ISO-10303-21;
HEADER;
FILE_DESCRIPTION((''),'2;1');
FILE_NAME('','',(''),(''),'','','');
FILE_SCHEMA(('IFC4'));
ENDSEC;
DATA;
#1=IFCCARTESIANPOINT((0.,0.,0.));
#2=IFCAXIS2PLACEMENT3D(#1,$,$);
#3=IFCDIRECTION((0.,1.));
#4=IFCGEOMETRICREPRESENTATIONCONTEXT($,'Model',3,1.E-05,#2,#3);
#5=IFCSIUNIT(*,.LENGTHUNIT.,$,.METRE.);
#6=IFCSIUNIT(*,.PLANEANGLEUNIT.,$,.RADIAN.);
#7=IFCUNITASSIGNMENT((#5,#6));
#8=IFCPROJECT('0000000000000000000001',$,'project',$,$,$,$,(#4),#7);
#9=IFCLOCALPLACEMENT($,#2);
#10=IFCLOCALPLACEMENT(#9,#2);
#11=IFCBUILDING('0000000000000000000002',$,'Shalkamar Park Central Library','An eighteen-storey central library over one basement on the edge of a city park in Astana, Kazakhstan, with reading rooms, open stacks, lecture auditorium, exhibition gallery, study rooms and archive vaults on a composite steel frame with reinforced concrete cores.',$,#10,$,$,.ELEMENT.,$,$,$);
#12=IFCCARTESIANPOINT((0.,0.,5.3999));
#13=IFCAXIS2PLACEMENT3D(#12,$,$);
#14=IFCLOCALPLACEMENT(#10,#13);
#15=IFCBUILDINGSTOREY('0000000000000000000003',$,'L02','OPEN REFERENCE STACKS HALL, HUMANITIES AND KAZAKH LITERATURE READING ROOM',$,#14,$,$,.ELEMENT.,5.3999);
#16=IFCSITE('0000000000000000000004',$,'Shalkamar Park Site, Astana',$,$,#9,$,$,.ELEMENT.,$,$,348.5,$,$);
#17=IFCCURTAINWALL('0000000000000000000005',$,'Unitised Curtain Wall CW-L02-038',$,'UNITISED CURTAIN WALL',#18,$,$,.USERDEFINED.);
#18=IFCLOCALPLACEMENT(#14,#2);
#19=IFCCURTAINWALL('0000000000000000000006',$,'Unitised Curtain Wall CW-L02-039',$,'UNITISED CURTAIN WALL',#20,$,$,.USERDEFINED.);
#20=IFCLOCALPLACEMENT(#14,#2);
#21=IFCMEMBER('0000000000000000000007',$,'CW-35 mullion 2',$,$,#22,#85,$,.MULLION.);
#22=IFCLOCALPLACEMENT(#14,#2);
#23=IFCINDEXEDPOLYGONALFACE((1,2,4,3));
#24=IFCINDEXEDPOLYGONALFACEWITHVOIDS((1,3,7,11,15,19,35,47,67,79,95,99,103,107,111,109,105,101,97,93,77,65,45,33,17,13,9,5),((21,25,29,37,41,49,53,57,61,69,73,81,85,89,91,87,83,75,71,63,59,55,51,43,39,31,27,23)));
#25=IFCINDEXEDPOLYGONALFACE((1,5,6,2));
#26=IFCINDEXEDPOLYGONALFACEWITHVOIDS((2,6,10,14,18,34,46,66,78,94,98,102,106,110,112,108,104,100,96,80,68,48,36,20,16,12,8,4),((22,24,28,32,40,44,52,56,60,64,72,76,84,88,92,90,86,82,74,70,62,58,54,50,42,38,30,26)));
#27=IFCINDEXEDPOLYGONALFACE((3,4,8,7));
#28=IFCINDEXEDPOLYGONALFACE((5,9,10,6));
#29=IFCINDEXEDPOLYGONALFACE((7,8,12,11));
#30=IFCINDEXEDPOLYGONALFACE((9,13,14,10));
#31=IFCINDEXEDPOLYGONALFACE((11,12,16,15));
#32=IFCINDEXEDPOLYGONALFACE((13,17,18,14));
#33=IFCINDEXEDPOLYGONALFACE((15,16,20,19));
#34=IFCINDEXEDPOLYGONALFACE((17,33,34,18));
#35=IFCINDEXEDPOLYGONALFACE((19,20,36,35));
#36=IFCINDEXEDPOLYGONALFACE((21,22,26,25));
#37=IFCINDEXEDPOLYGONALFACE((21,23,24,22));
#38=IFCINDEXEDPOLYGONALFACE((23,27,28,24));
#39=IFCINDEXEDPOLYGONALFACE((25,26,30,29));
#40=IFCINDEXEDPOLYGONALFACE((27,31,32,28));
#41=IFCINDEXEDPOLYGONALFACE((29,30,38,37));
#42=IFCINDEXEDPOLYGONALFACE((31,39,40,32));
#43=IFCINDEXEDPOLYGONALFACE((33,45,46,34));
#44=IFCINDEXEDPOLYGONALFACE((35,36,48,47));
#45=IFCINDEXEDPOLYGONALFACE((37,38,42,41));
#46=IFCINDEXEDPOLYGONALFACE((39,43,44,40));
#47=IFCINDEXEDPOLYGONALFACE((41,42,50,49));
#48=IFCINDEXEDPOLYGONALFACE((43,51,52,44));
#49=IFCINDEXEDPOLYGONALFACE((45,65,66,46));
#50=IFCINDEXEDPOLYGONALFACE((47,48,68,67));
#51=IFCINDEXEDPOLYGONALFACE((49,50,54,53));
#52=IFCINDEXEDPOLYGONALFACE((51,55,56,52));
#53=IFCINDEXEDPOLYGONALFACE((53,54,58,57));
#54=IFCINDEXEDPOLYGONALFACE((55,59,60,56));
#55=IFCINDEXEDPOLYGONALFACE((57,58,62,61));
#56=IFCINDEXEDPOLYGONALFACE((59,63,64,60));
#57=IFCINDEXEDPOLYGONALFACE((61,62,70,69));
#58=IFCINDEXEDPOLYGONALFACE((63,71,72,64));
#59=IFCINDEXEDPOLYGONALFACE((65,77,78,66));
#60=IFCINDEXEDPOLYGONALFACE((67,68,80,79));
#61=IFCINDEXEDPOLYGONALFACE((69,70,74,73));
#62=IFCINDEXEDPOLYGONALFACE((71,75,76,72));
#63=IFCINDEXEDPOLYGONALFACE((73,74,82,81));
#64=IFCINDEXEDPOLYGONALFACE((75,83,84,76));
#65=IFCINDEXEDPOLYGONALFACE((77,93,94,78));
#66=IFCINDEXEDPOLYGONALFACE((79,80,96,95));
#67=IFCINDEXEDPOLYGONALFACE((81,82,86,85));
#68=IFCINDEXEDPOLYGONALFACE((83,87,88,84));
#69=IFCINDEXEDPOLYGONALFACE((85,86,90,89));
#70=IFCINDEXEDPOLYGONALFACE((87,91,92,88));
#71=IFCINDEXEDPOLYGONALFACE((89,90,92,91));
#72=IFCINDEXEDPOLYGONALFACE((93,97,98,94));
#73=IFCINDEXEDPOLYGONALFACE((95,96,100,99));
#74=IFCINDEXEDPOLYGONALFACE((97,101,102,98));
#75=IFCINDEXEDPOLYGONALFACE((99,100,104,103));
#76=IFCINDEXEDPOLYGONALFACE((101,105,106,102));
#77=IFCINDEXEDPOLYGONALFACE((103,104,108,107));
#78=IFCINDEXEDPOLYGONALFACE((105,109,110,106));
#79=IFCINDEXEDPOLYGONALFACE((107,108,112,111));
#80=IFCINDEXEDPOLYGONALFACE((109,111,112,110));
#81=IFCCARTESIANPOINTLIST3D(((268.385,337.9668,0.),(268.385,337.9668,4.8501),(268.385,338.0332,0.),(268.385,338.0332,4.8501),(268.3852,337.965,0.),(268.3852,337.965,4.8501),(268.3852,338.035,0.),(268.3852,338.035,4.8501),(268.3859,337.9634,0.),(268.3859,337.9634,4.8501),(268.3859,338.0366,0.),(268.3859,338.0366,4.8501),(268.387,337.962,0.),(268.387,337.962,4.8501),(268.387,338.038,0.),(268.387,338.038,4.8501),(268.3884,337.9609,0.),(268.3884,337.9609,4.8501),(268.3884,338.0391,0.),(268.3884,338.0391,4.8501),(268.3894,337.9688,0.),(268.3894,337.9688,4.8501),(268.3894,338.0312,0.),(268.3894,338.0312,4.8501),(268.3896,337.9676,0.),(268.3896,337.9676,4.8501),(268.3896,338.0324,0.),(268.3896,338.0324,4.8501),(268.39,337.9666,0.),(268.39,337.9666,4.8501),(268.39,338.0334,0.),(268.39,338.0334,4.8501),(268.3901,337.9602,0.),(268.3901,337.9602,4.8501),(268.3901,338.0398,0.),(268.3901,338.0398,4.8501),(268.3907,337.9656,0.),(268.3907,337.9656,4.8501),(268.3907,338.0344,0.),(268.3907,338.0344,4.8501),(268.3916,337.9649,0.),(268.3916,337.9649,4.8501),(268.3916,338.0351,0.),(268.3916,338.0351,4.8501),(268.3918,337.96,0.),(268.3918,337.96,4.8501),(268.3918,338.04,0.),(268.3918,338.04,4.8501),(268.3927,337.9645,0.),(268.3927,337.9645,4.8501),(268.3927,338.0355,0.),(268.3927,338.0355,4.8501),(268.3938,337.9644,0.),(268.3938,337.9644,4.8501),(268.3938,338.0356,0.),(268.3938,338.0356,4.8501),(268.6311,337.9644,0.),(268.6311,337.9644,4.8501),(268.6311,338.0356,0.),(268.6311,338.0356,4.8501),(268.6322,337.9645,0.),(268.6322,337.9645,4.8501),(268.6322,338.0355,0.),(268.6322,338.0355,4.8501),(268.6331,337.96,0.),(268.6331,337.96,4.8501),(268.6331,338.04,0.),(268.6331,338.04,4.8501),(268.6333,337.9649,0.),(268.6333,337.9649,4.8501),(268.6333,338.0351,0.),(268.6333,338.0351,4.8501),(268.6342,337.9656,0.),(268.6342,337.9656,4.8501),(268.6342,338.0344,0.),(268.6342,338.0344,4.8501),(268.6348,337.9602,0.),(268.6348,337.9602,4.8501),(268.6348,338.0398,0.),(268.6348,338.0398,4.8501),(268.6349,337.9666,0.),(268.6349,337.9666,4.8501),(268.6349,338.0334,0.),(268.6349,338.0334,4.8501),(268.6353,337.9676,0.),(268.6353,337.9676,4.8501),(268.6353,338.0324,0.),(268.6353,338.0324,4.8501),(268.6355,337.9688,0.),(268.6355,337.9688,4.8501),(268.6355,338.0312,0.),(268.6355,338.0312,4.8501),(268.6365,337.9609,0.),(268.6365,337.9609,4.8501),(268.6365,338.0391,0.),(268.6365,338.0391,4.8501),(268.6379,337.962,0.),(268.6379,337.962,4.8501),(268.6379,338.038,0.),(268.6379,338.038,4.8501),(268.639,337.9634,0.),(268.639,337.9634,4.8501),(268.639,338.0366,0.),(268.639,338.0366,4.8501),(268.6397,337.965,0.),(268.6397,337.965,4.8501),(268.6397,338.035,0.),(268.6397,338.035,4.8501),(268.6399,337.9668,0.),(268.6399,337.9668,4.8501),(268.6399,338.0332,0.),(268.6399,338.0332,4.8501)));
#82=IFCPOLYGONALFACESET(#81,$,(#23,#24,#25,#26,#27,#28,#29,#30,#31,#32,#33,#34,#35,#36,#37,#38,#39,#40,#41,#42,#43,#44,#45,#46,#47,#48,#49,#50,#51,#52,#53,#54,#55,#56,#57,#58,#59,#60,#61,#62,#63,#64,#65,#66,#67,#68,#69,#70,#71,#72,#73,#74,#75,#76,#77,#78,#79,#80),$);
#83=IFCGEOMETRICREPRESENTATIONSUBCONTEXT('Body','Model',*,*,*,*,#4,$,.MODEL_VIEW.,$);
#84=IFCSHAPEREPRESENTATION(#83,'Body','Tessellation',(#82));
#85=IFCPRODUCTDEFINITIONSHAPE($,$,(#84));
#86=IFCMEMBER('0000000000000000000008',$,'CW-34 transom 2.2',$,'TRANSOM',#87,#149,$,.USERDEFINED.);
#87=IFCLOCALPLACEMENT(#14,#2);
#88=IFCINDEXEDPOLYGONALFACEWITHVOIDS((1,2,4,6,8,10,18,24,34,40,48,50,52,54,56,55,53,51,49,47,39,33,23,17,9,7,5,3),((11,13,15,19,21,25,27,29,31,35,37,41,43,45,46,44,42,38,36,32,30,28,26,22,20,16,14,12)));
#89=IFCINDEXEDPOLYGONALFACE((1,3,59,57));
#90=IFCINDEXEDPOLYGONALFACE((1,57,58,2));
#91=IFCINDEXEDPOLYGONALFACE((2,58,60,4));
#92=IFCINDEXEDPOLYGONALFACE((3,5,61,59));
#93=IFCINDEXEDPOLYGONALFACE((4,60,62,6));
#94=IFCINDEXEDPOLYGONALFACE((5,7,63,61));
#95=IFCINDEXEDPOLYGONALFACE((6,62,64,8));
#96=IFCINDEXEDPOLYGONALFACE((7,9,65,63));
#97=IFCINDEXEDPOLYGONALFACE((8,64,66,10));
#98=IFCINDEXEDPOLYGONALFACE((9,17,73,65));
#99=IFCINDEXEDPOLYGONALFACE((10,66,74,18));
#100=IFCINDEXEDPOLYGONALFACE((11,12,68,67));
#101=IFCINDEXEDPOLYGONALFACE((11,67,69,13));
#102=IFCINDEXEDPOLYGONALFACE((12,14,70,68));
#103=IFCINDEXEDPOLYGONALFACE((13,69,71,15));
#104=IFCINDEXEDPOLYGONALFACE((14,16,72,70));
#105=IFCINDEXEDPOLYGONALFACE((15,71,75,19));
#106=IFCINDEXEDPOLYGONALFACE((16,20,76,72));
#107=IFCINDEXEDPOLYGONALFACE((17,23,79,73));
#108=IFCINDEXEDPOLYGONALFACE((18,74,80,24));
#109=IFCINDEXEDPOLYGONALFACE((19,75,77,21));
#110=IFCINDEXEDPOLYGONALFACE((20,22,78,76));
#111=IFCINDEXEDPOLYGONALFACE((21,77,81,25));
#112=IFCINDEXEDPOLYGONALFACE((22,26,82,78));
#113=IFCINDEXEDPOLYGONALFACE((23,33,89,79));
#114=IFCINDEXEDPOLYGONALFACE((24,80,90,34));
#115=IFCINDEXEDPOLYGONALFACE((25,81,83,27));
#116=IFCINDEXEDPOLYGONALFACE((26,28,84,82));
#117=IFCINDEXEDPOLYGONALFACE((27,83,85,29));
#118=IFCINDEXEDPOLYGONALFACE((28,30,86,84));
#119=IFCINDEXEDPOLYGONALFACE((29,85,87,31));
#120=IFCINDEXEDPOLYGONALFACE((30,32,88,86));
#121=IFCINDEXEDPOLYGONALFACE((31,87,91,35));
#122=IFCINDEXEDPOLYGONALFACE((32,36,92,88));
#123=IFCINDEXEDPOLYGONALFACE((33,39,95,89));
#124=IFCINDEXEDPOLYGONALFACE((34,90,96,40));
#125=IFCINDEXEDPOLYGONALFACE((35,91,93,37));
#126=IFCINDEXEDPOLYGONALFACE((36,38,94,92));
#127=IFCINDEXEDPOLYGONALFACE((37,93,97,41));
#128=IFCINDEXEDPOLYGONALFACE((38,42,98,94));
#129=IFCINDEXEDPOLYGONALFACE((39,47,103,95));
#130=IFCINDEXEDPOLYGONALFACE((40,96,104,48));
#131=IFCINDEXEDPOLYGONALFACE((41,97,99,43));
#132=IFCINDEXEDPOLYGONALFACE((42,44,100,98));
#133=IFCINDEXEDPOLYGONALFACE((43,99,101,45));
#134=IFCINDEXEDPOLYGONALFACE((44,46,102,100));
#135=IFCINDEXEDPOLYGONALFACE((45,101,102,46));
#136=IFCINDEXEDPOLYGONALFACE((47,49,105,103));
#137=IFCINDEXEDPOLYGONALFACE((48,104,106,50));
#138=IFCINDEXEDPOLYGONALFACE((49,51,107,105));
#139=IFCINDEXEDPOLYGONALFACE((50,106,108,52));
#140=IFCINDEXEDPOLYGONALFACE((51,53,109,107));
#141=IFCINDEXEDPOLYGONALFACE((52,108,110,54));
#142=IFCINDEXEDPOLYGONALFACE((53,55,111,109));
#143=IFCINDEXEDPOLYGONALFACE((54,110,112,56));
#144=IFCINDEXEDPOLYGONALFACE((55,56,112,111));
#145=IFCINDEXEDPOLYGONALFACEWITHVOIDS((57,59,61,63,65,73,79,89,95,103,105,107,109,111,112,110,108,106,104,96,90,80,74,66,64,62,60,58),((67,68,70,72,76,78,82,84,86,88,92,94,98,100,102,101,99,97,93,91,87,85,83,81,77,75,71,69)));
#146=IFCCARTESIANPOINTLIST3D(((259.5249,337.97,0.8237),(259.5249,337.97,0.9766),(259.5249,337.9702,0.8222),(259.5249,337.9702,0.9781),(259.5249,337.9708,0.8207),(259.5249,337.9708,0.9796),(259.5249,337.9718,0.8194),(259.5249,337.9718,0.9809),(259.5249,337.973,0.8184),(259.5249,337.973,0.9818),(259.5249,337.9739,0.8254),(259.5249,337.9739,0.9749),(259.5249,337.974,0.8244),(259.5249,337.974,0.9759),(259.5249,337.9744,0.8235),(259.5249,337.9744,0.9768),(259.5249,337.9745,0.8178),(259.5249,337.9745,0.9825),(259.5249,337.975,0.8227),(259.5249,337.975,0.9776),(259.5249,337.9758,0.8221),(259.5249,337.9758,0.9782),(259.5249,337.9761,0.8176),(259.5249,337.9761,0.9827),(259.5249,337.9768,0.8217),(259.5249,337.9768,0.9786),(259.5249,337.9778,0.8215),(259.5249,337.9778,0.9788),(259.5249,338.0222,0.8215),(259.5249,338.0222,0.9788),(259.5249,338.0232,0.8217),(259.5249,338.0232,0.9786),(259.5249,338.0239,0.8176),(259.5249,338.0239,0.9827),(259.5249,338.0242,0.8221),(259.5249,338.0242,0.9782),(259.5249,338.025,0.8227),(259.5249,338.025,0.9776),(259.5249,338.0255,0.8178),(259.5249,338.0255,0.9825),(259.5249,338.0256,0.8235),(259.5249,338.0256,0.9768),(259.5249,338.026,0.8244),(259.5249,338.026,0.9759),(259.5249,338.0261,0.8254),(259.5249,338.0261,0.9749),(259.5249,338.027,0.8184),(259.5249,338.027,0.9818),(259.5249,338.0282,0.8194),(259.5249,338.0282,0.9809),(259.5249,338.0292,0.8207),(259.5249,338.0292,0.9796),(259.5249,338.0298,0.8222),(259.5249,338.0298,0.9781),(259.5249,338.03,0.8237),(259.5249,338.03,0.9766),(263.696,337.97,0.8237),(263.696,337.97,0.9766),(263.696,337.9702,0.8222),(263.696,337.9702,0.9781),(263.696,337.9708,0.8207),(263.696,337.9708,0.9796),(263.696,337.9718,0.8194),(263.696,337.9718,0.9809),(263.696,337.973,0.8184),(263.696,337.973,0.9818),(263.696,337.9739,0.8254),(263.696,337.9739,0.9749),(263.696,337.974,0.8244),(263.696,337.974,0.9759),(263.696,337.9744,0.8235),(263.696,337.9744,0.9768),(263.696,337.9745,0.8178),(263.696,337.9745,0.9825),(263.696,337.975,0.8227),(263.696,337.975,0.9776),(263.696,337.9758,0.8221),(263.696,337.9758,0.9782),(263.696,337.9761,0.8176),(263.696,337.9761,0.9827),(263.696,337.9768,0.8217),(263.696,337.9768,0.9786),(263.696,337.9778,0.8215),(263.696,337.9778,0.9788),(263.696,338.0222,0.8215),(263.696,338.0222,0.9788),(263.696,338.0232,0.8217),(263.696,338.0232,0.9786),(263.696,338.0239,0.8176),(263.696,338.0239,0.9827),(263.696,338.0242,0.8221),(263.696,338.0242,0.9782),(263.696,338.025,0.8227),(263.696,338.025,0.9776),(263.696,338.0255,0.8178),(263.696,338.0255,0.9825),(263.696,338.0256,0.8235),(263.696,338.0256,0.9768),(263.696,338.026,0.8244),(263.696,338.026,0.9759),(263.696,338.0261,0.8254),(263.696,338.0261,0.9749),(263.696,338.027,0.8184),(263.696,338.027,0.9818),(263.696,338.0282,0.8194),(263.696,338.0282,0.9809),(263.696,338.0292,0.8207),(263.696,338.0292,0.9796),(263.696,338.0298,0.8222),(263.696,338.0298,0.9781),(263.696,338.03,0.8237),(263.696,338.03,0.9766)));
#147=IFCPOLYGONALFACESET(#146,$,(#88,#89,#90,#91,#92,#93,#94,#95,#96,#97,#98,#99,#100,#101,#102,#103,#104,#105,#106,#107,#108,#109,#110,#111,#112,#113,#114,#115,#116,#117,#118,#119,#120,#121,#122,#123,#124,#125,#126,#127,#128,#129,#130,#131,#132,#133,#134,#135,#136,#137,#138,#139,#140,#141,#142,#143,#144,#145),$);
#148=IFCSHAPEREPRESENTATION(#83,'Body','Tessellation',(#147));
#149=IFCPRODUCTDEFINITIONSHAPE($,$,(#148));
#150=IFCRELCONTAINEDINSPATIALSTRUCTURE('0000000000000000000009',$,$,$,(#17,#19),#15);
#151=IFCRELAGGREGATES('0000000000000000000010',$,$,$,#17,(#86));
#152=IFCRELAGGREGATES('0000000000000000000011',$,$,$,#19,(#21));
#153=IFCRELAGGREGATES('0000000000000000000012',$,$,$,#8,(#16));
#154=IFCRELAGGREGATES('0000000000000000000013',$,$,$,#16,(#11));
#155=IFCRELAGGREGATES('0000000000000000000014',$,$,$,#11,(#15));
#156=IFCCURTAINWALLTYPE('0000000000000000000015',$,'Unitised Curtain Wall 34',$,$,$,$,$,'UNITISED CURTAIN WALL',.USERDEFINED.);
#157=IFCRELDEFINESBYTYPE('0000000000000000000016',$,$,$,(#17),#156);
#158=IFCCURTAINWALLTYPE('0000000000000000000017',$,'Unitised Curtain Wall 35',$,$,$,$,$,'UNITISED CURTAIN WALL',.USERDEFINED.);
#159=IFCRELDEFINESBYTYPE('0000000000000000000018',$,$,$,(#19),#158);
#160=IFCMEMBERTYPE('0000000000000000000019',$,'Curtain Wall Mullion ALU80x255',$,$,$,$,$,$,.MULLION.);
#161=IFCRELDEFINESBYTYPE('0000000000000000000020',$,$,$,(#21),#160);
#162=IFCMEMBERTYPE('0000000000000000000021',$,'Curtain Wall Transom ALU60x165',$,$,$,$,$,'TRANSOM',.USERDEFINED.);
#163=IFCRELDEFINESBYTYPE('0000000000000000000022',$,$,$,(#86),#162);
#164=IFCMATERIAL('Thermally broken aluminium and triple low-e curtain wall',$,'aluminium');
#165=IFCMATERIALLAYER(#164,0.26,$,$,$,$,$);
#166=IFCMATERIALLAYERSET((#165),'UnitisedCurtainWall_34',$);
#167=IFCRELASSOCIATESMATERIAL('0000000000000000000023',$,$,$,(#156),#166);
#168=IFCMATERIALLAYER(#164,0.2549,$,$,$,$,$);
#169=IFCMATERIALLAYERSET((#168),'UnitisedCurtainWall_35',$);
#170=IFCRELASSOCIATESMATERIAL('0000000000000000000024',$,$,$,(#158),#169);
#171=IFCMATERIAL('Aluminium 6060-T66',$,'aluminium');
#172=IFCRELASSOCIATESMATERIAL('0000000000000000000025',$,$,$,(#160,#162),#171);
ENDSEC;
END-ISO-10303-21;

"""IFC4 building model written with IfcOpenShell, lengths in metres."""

from ifc_helpers import new_model, si_unit, direction, frame, origin, origin_2d, place, context, subcontext, project, spatial, hollow_rectangle, extrude, material, layer, layer_set, material_profile, profile_set, type_object, element, aggregate, save


model = new_model("IFC4")

# Units and contexts
model_context = context("Model", 3, precision=1e-05, world=origin(), true_north=direction((0.0, 1.0)))
body_context = subcontext(model_context, "Body", "Model", "MODEL_VIEW")
ifc_project = project(units=[si_unit("LENGTHUNIT", "METRE"), si_unit("PLANEANGLEUNIT", "RADIAN")], contexts=[model_context])

# Site, building, storey
site_placement = place(None, origin())
site = spatial("IfcSite", under=ifc_project, at=site_placement, Name="Shalkamar Park Site, Astana", CompositionType="ELEMENT", RefElevation=348.5)
building_placement = place(site_placement, origin())
building = spatial("IfcBuilding", under=site, at=building_placement, Name="Shalkamar Park Central Library", Description="An eighteen-storey central library over one basement on the edge of a city park in Astana, Kazakhstan, with reading rooms, open stacks, lecture auditorium, exhibition gallery, study rooms and archive vaults on a composite steel frame with reinforced concrete cores.", CompositionType="ELEMENT")
storey_placement = place(building_placement, frame((0.0, 0.0, 5.3999)))
storey = spatial("IfcBuildingStorey", under=building, at=storey_placement, Name="L02", Description="OPEN REFERENCE STACKS HALL, HUMANITIES AND KAZAKH LITERATURE READING ROOM", CompositionType="ELEMENT", Elevation=5.3999)

# Curtain wall
ifc_material_1 = material(Name="Thermally broken aluminium and triple low-e curtain wall", Category="aluminium")
ifc_layer_1 = layer(ifc_material_1, 0.26)
ifc_layer_set_1 = layer_set([ifc_layer_1], Name="UnitisedCurtainWall_34")
curtain_wall_type_1 = type_object("IfcCurtainWallType", Name="Unitised Curtain Wall 34", ElementType="UNITISED CURTAIN WALL", PredefinedType="USERDEFINED", material=ifc_layer_set_1)
curtain_wall_1_placement = place(storey_placement, origin())
curtain_wall_1 = element("IfcCurtainWall", 1, at=curtain_wall_1_placement, inside=storey, type_object=curtain_wall_type_1, Name="Unitised Curtain Wall CW-L02-038", ObjectType="UNITISED CURTAIN WALL", PredefinedType="USERDEFINED")
ifc_material_2 = material(Name="Aluminium 6060-T66", Category="aluminium")

# Curtain wall, member
ifc_layer_2 = layer(ifc_material_1, 0.2549)
ifc_layer_set_2 = layer_set([ifc_layer_2], Name="UnitisedCurtainWall_35")
curtain_wall_type_2 = type_object("IfcCurtainWallType", Name="Unitised Curtain Wall 35", ElementType="UNITISED CURTAIN WALL", PredefinedType="USERDEFINED", material=ifc_layer_set_2)
curtain_wall_2_placement = place(storey_placement, origin())
curtain_wall_2 = element("IfcCurtainWall", 2, at=curtain_wall_2_placement, inside=storey, type_object=curtain_wall_type_2, Name="Unitised Curtain Wall CW-L02-039", ObjectType="UNITISED CURTAIN WALL", PredefinedType="USERDEFINED")
ifc_material_profile_1 = material_profile(ifc_material_2, hollow_rectangle(XDim=0.0801, YDim=0.2549, WallThickness=0.0044, InnerFilletRadius=0.0044, OuterFilletRadius=0.0068, at=origin_2d()), Name="ALU 80x255x4.5")
ifc_profile_set_1 = profile_set([ifc_material_profile_1], Name="Aluminium 6060-T66")
member_type_1 = type_object("IfcMemberType", Name="Curtain Wall Mullion ALU80x255", PredefinedType="MULLION", material=ifc_profile_set_1)
member_1_placement = place(storey_placement, frame((268.5125, 338.0, 0.0), z_axis=(0.0, 0.0, 1.0), x_axis=(0.0, 1.0, 0.0)))
member_1 = element("IfcMember", 3, at=member_1_placement, type_object=member_type_1, Name="CW-35 mullion 2", PredefinedType="MULLION", context=body_context, shape_type="SweptSolid", body=[
    extrude(hollow_rectangle(XDim=0.0801, YDim=0.2549, WallThickness=0.0044, InnerFilletRadius=0.0044, OuterFilletRadius=0.0068, at=origin_2d()), origin(), (0.0, 0.0, 1.0), 4.8501),
])

# Member
ifc_material_profile_2 = material_profile(ifc_material_2, hollow_rectangle(XDim=0.0601, YDim=0.165, WallThickness=0.0039, InnerFilletRadius=0.0039, OuterFilletRadius=0.0061, at=origin_2d()), Name="ALU 60x165x4")
ifc_profile_set_2 = profile_set([ifc_material_profile_2], Name="Aluminium 6060-T66")
member_type_2 = type_object("IfcMemberType", Name="Curtain Wall Transom ALU60x165", ElementType="TRANSOM", PredefinedType="USERDEFINED", material=ifc_profile_set_2)
member_2_placement = place(storey_placement, frame((259.5249, 338.0, 0.9001), z_axis=(1.0, 0.0, 0.0), x_axis=(0.0, 1.0, 0.0)))
member_2 = element("IfcMember", 4, at=member_2_placement, type_object=member_type_2, Name="CW-34 transom 2.2", ObjectType="TRANSOM", PredefinedType="USERDEFINED", context=body_context, shape_type="SweptSolid", body=[
    extrude(hollow_rectangle(XDim=0.0601, YDim=0.165, WallThickness=0.0039, InnerFilletRadius=0.0039, OuterFilletRadius=0.0061, at=origin_2d()), origin(), (0.0, 0.0, 1.0), 4.1711),
])

aggregate(curtain_wall_1, [member_2])
aggregate(curtain_wall_2, [member_1])

save(model, "model.ifc")
